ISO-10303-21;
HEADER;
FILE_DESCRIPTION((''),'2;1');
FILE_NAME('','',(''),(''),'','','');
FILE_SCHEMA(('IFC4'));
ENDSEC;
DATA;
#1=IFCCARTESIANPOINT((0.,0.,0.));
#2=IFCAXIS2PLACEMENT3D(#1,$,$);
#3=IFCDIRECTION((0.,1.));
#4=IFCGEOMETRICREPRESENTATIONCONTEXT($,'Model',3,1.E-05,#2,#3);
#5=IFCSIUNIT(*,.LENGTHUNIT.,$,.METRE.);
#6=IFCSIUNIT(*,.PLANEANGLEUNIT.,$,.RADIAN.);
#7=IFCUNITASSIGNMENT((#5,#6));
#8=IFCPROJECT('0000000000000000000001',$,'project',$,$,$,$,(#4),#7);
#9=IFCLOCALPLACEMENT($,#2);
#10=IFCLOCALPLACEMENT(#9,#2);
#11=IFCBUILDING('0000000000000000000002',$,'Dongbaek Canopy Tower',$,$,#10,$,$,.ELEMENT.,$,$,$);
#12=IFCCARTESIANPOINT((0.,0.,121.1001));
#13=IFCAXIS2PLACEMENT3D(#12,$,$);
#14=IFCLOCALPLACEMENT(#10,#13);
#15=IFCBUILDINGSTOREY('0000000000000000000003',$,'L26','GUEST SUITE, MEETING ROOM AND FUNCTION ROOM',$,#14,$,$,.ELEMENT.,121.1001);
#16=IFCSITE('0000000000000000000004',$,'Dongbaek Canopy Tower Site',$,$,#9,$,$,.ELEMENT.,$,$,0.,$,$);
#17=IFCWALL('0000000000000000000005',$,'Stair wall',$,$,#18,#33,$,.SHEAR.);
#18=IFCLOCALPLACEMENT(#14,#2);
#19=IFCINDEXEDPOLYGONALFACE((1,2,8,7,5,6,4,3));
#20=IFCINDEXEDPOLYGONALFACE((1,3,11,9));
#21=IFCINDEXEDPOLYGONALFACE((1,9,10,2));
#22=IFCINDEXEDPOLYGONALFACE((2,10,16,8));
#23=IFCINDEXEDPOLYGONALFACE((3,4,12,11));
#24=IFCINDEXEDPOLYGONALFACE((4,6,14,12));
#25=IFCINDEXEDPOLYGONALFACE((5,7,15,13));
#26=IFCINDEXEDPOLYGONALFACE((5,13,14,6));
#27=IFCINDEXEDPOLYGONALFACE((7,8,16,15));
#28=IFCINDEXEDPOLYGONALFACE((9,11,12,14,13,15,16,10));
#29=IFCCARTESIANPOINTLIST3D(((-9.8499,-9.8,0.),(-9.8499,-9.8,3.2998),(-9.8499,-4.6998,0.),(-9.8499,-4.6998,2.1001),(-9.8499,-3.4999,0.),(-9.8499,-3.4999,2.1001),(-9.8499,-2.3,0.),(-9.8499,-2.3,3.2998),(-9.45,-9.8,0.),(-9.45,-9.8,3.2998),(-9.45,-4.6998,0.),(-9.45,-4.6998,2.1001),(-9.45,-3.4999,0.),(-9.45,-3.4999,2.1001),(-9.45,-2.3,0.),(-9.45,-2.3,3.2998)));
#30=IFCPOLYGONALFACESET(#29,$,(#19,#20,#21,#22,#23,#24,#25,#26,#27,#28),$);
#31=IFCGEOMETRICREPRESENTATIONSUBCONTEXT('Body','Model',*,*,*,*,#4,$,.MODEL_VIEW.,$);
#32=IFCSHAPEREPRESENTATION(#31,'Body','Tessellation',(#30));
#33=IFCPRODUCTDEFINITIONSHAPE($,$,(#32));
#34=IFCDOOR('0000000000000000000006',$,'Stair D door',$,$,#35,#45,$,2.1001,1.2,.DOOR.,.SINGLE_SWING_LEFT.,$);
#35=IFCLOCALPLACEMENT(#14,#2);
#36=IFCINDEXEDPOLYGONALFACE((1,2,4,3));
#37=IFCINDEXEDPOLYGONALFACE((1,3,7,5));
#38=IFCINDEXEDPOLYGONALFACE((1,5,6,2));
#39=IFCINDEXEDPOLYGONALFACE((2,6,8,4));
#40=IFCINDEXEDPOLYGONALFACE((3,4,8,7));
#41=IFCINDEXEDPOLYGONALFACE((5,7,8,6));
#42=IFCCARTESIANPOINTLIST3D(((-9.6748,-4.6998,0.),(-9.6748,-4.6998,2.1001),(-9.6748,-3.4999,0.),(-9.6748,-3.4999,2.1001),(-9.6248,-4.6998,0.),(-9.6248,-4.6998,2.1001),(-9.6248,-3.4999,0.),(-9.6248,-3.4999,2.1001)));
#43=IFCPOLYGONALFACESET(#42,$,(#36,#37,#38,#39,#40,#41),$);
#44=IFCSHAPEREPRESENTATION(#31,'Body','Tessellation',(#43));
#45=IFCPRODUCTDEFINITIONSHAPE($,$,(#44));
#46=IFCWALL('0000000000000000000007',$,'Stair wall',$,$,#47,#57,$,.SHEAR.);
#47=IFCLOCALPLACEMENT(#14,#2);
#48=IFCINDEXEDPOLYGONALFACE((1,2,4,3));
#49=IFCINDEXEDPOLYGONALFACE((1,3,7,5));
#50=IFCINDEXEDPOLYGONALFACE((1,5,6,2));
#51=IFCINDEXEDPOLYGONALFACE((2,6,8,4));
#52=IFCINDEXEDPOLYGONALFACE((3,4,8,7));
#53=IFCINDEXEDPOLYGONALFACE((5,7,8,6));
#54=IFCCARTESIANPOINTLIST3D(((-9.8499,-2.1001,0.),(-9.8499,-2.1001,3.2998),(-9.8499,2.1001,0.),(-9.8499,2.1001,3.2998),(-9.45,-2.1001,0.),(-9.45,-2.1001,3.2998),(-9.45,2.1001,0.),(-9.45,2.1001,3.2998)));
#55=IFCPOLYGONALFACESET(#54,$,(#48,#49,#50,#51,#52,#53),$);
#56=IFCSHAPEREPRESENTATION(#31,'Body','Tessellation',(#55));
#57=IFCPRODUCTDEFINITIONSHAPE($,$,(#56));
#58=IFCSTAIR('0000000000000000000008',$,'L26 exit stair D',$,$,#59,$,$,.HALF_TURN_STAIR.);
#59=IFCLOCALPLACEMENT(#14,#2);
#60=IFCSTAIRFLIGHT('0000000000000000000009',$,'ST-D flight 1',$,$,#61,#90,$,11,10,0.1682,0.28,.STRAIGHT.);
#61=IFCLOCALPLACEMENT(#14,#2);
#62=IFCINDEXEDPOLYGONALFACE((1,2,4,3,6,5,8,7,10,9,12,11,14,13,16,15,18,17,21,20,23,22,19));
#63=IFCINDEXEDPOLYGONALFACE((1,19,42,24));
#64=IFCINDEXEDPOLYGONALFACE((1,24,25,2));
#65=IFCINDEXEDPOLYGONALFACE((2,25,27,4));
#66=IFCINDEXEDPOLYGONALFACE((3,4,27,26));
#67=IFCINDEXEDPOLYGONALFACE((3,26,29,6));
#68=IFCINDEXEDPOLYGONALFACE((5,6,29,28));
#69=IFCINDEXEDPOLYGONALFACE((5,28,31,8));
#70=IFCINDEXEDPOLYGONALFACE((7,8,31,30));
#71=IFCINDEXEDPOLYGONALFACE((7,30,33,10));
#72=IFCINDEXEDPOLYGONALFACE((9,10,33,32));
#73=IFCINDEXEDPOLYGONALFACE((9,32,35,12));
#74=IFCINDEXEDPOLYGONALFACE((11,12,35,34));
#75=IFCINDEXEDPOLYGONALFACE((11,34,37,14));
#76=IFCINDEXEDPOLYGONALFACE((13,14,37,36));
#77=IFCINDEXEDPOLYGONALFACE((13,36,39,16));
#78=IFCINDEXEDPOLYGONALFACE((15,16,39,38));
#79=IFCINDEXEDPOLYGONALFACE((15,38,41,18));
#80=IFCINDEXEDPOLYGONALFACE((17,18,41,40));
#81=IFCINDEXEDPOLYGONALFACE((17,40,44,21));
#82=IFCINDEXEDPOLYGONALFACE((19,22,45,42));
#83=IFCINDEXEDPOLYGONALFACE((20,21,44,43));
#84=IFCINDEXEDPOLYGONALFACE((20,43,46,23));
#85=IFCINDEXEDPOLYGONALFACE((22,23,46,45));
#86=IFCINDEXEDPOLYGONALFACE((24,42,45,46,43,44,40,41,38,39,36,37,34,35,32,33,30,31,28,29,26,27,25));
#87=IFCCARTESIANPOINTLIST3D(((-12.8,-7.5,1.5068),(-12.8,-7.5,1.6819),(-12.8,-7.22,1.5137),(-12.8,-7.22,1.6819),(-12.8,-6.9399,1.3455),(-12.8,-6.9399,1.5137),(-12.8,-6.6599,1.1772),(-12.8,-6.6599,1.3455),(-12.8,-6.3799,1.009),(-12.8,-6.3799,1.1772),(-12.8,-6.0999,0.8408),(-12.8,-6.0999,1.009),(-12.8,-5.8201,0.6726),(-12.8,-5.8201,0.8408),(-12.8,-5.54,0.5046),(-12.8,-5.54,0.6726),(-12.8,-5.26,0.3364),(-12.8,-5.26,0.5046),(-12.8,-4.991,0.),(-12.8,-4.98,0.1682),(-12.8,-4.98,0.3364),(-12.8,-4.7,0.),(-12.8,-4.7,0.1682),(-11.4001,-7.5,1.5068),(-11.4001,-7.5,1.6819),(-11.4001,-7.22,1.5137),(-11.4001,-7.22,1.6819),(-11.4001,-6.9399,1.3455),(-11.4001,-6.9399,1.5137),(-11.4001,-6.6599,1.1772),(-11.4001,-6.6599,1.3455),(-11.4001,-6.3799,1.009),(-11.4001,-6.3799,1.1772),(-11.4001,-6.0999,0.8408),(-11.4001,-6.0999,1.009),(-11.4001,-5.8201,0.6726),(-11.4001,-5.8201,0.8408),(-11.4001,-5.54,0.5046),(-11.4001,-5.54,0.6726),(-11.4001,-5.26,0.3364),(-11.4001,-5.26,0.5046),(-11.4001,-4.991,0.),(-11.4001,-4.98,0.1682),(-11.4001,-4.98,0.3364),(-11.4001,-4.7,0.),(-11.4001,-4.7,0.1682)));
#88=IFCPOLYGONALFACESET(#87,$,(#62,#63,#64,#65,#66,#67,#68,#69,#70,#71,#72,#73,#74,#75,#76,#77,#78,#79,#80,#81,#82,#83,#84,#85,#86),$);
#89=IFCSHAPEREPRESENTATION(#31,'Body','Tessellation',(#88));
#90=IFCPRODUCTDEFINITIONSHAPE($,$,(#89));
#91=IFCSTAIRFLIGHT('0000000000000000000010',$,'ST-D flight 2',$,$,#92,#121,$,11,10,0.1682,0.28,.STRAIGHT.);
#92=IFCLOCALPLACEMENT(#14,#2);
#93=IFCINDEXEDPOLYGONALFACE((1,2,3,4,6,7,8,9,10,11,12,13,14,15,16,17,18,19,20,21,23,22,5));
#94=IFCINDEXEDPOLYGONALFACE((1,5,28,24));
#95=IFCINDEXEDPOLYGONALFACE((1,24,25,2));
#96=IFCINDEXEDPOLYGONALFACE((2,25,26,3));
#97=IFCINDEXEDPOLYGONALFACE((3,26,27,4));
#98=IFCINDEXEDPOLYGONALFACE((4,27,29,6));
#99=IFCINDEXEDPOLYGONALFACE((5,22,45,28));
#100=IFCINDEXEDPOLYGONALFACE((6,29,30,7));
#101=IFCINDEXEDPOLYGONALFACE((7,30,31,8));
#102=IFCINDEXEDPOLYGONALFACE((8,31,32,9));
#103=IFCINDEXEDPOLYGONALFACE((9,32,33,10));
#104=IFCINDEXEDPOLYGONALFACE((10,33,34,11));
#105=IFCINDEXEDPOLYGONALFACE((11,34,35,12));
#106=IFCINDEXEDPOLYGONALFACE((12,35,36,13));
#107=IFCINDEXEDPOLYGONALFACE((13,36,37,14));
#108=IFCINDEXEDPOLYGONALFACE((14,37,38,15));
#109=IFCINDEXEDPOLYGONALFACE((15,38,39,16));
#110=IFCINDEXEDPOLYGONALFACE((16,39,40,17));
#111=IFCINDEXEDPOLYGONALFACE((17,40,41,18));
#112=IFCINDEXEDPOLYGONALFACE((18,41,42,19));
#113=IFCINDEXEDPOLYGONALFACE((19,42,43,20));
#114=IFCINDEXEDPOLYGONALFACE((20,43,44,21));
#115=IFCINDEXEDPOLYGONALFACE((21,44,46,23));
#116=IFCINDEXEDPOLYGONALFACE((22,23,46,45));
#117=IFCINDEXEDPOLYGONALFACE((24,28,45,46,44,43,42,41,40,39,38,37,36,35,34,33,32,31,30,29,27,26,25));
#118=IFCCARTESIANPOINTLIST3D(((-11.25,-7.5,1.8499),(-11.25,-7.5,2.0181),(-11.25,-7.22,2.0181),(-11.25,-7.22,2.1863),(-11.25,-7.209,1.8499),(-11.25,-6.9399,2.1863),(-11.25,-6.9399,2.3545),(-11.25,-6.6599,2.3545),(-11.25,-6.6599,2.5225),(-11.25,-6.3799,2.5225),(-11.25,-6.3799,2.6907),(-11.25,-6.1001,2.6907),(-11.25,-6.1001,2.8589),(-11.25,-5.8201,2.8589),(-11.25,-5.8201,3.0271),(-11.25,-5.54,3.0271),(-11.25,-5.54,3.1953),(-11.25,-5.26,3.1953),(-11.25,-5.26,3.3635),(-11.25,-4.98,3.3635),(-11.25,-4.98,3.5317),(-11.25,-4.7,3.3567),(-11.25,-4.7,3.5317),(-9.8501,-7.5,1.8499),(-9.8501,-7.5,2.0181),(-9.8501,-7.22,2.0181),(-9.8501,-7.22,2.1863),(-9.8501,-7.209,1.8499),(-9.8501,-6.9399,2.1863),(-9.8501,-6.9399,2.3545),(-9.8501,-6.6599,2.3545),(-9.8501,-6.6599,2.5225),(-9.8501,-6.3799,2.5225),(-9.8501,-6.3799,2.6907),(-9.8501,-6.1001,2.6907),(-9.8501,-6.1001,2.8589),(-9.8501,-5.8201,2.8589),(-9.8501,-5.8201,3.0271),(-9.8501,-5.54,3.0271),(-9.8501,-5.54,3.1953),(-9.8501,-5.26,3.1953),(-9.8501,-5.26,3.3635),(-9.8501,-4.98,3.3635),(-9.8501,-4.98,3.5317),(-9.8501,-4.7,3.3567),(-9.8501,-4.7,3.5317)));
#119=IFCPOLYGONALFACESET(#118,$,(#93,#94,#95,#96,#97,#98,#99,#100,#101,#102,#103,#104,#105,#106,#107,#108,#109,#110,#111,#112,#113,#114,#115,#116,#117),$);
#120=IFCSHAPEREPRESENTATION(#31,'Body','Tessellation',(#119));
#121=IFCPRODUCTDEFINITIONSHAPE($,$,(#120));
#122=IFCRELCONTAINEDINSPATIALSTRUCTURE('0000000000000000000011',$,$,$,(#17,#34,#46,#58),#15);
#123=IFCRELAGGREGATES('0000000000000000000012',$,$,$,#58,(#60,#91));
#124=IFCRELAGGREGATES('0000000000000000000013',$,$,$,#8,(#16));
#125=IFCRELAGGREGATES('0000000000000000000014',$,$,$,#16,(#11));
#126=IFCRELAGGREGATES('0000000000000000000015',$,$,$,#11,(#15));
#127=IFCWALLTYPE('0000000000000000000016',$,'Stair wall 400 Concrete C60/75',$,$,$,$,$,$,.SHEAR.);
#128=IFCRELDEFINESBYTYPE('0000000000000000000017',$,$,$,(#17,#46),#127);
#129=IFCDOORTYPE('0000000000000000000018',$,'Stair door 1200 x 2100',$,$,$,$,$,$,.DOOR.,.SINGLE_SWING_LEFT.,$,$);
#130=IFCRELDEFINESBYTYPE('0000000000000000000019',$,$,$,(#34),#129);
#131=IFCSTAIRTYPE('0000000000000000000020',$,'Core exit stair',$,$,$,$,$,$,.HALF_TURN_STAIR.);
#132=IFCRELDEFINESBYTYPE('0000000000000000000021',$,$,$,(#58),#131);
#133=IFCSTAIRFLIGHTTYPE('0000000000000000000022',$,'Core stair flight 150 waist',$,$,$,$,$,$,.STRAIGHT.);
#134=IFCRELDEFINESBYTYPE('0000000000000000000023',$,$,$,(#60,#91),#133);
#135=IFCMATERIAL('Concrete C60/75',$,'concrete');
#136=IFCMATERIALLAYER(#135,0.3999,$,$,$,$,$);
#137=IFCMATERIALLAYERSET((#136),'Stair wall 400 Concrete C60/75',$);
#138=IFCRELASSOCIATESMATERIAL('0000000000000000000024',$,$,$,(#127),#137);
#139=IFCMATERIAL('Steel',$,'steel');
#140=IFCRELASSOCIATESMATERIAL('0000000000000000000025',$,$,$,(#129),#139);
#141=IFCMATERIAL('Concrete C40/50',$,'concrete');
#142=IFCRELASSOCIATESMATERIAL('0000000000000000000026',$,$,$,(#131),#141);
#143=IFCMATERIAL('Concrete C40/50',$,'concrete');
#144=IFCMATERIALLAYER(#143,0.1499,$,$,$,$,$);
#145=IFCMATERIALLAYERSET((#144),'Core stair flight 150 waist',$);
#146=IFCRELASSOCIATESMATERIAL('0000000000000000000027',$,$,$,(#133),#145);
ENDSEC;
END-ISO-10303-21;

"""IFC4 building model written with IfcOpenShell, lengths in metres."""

from ifc_helpers import new_model, si_unit, direction, frame, frame_2d, origin, place, context, subcontext, project, spatial, polyline, rectangle, outline, extrude, material, layer, layer_set, type_object, element, fill, aggregate, save


model = new_model("IFC4")

# Units and contexts
model_context = context("Model", 3, precision=1e-05, world=origin(), true_north=direction((0.0, 1.0)))
body_context = subcontext(model_context, "Body", "Model", "MODEL_VIEW")
ifc_project = project(units=[si_unit("LENGTHUNIT", "METRE"), si_unit("PLANEANGLEUNIT", "RADIAN")], contexts=[model_context])

# Site, building, storey
site_placement = place(None, origin())
site = spatial("IfcSite", under=ifc_project, at=site_placement, Name="Dongbaek Canopy Tower Site", CompositionType="ELEMENT", RefElevation=0.0)
building_placement = place(site_placement, origin())
building = spatial("IfcBuilding", under=site, at=building_placement, Name="Dongbaek Canopy Tower", CompositionType="ELEMENT")
storey_placement = place(building_placement, frame((0.0, 0.0, 121.1001)))
storey = spatial("IfcBuildingStorey", under=building, at=storey_placement, Name="L26", Description="GUEST SUITE, MEETING ROOM AND FUNCTION ROOM", CompositionType="ELEMENT", Elevation=121.1001)

# Wall, opening, door
ifc_material_1 = material(Name="Concrete C60/75", Category="concrete")
ifc_layer_1 = layer(ifc_material_1, 0.3999)
ifc_layer_set_1 = layer_set([ifc_layer_1], Name="Stair wall 400 Concrete C60/75")
wall_type_1 = type_object("IfcWallType", Name="Stair wall 400 Concrete C60/75", PredefinedType="SHEAR", material=ifc_layer_set_1)
wall_1_placement = place(storey_placement, frame((-9.6499, -9.8, 0.0), z_axis=(0.0, 0.0, 1.0), x_axis=(0.0, 1.0, 0.0)))
wall_1 = element("IfcWall", 1, at=wall_1_placement, inside=storey, type_object=wall_type_1, Name="Stair wall", PredefinedType="SHEAR", context=body_context, shape_type="SweptSolid", body=[
    extrude(rectangle(XDim=7.5, YDim=0.3999, at=frame_2d((3.75, 0.0))), origin(), (0.0, 0.0, 1.0), 3.2998),
])
opening_1_placement = place(wall_1_placement, frame((5.1001, 0.0, 0.0)))
opening_1 = element("IfcOpeningElement", 2, at=opening_1_placement, cuts=wall_1, PredefinedType="OPENING", context=body_context, shape_type="SweptSolid", body=[
    extrude(rectangle(XDim=1.2, YDim=2.1001, at=frame_2d((0.6001, 1.05))), frame((0.0, 0.21, 0.0), z_axis=(0.0, -1.0, 0.0), x_axis=(1.0, 0.0, 0.0)), (0.0, 0.0, 1.0), 0.4199),
])
ifc_material_2 = material(Name="Steel", Category="steel")
door_type_1 = type_object("IfcDoorType", Name="Stair door 1200 x 2100", OperationType="SINGLE_SWING_LEFT", PredefinedType="DOOR", material=ifc_material_2)
door_1_placement = place(opening_1_placement, origin())
door_1 = element("IfcDoor", 3, at=door_1_placement, inside=storey, type_object=door_type_1, Name="Stair D door", OperationType="SINGLE_SWING_LEFT", OverallHeight=2.1001, OverallWidth=1.2, PredefinedType="DOOR", context=body_context, shape_type="SweptSolid", body=[
    extrude(rectangle(XDim=1.2, YDim=2.1001, at=frame_2d((0.6001, 1.05))), frame((0.0, 0.0249, 0.0), z_axis=(0.0, -1.0, 0.0), x_axis=(1.0, 0.0, 0.0)), (0.0, 0.0, 1.0), 0.05),
])
fill(opening_1, door_1)

# Wall
wall_2_placement = place(storey_placement, frame((-9.6499, -2.1001, 0.0), z_axis=(0.0, 0.0, 1.0), x_axis=(0.0, 1.0, 0.0)))
element("IfcWall", 4, at=wall_2_placement, inside=storey, type_object=wall_type_1, Name="Stair wall", PredefinedType="SHEAR", context=body_context, shape_type="SweptSolid", body=[
    extrude(rectangle(XDim=4.2002, YDim=0.3999, at=frame_2d((2.1001, 0.0))), origin(), (0.0, 0.0, 1.0), 3.2998),
])

# Stair, stair flights
ifc_material_3 = material(Name="Concrete C40/50", Category="concrete")
stair_type = type_object("IfcStairType", Name="Core exit stair", PredefinedType="HALF_TURN_STAIR", material=ifc_material_3)
stair_placement = place(storey_placement, origin())
stair = element("IfcStair", 5, at=stair_placement, inside=storey, type_object=stair_type, Name="L26 exit stair D", PredefinedType="HALF_TURN_STAIR")
ifc_material_4 = material(Name="Concrete C40/50", Category="concrete")
ifc_layer_2 = layer(ifc_material_4, 0.1499)
ifc_layer_set_2 = layer_set([ifc_layer_2], Name="Core stair flight 150 waist")
stair_flight_type = type_object("IfcStairFlightType", Name="Core stair flight 150 waist", PredefinedType="STRAIGHT", material=ifc_layer_set_2)
stair_flight_1_placement = place(storey_placement, frame((-12.1001, -4.7, 0.0), z_axis=(0.0, 0.0, 1.0), x_axis=(0.0, -1.0, 0.0)))
stair_flight_1 = element("IfcStairFlight", 6, at=stair_flight_1_placement, type_object=stair_flight_type, Name="ST-D flight 1", NumberOfRisers=11, NumberOfTreads=10, PredefinedType="STRAIGHT", RiserHeight=0.1682, TreadLength=0.28, context=body_context, shape_type="SweptSolid", body=[
    extrude(outline(polyline([(0.0, 0.0), (0.0, 0.1682), (0.28, 0.1682), (0.28, 0.3364), (0.5601, 0.3364), (0.5601, 0.5046), (0.8401, 0.5046), (0.8401, 0.6726), (1.1201, 0.6726), (1.1201, 0.8408), (1.3999, 0.8408), (1.3999, 1.009), (1.6799, 1.009), (1.6799, 1.1772), (1.96, 1.1772), (1.96, 1.3455), (2.24, 1.3455), (2.24, 1.5137), (2.52, 1.5137), (2.52, 1.6819), (2.8, 1.6819), (2.8, 1.8501), (2.8, 1.5068), (0.291, 0.0), (0.0, 0.0)])), frame((0.0, 0.7, 0.0), z_axis=(0.0, -1.0, 0.0), x_axis=(1.0, 0.0, 0.0)), (0.0, 0.0, 1.0), 1.3999),
])
stair_flight_2_placement = place(storey_placement, frame((-10.55, -7.5, 1.8499), z_axis=(0.0, 0.0, 1.0), x_axis=(0.0, 1.0, 0.0)))
stair_flight_2 = element("IfcStairFlight", 7, at=stair_flight_2_placement, type_object=stair_flight_type, Name="ST-D flight 2", NumberOfRisers=11, NumberOfTreads=10, PredefinedType="STRAIGHT", RiserHeight=0.1682, TreadLength=0.28, context=body_context, shape_type="SweptSolid", body=[
    extrude(outline(polyline([(0.0, 0.0), (0.0, 0.1682), (0.28, 0.1682), (0.28, 0.3364), (0.5601, 0.3364), (0.5601, 0.5046), (0.8401, 0.5046), (0.8401, 0.6726), (1.1201, 0.6726), (1.1201, 0.8408), (1.3999, 0.8408), (1.3999, 1.009), (1.6799, 1.009), (1.6799, 1.1772), (1.96, 1.1772), (1.96, 1.3455), (2.24, 1.3455), (2.24, 1.5137), (2.52, 1.5137), (2.52, 1.6819), (2.8, 1.6819), (2.8, 1.8501), (2.8, 1.5068), (0.291, 0.0), (0.0, 0.0)])), frame((0.0, 0.7, 0.0), z_axis=(0.0, -1.0, 0.0), x_axis=(1.0, 0.0, 0.0)), (0.0, 0.0, 1.0), 1.3999),
])
aggregate(stair, [stair_flight_1, stair_flight_2])

save(model, "model.ifc")
